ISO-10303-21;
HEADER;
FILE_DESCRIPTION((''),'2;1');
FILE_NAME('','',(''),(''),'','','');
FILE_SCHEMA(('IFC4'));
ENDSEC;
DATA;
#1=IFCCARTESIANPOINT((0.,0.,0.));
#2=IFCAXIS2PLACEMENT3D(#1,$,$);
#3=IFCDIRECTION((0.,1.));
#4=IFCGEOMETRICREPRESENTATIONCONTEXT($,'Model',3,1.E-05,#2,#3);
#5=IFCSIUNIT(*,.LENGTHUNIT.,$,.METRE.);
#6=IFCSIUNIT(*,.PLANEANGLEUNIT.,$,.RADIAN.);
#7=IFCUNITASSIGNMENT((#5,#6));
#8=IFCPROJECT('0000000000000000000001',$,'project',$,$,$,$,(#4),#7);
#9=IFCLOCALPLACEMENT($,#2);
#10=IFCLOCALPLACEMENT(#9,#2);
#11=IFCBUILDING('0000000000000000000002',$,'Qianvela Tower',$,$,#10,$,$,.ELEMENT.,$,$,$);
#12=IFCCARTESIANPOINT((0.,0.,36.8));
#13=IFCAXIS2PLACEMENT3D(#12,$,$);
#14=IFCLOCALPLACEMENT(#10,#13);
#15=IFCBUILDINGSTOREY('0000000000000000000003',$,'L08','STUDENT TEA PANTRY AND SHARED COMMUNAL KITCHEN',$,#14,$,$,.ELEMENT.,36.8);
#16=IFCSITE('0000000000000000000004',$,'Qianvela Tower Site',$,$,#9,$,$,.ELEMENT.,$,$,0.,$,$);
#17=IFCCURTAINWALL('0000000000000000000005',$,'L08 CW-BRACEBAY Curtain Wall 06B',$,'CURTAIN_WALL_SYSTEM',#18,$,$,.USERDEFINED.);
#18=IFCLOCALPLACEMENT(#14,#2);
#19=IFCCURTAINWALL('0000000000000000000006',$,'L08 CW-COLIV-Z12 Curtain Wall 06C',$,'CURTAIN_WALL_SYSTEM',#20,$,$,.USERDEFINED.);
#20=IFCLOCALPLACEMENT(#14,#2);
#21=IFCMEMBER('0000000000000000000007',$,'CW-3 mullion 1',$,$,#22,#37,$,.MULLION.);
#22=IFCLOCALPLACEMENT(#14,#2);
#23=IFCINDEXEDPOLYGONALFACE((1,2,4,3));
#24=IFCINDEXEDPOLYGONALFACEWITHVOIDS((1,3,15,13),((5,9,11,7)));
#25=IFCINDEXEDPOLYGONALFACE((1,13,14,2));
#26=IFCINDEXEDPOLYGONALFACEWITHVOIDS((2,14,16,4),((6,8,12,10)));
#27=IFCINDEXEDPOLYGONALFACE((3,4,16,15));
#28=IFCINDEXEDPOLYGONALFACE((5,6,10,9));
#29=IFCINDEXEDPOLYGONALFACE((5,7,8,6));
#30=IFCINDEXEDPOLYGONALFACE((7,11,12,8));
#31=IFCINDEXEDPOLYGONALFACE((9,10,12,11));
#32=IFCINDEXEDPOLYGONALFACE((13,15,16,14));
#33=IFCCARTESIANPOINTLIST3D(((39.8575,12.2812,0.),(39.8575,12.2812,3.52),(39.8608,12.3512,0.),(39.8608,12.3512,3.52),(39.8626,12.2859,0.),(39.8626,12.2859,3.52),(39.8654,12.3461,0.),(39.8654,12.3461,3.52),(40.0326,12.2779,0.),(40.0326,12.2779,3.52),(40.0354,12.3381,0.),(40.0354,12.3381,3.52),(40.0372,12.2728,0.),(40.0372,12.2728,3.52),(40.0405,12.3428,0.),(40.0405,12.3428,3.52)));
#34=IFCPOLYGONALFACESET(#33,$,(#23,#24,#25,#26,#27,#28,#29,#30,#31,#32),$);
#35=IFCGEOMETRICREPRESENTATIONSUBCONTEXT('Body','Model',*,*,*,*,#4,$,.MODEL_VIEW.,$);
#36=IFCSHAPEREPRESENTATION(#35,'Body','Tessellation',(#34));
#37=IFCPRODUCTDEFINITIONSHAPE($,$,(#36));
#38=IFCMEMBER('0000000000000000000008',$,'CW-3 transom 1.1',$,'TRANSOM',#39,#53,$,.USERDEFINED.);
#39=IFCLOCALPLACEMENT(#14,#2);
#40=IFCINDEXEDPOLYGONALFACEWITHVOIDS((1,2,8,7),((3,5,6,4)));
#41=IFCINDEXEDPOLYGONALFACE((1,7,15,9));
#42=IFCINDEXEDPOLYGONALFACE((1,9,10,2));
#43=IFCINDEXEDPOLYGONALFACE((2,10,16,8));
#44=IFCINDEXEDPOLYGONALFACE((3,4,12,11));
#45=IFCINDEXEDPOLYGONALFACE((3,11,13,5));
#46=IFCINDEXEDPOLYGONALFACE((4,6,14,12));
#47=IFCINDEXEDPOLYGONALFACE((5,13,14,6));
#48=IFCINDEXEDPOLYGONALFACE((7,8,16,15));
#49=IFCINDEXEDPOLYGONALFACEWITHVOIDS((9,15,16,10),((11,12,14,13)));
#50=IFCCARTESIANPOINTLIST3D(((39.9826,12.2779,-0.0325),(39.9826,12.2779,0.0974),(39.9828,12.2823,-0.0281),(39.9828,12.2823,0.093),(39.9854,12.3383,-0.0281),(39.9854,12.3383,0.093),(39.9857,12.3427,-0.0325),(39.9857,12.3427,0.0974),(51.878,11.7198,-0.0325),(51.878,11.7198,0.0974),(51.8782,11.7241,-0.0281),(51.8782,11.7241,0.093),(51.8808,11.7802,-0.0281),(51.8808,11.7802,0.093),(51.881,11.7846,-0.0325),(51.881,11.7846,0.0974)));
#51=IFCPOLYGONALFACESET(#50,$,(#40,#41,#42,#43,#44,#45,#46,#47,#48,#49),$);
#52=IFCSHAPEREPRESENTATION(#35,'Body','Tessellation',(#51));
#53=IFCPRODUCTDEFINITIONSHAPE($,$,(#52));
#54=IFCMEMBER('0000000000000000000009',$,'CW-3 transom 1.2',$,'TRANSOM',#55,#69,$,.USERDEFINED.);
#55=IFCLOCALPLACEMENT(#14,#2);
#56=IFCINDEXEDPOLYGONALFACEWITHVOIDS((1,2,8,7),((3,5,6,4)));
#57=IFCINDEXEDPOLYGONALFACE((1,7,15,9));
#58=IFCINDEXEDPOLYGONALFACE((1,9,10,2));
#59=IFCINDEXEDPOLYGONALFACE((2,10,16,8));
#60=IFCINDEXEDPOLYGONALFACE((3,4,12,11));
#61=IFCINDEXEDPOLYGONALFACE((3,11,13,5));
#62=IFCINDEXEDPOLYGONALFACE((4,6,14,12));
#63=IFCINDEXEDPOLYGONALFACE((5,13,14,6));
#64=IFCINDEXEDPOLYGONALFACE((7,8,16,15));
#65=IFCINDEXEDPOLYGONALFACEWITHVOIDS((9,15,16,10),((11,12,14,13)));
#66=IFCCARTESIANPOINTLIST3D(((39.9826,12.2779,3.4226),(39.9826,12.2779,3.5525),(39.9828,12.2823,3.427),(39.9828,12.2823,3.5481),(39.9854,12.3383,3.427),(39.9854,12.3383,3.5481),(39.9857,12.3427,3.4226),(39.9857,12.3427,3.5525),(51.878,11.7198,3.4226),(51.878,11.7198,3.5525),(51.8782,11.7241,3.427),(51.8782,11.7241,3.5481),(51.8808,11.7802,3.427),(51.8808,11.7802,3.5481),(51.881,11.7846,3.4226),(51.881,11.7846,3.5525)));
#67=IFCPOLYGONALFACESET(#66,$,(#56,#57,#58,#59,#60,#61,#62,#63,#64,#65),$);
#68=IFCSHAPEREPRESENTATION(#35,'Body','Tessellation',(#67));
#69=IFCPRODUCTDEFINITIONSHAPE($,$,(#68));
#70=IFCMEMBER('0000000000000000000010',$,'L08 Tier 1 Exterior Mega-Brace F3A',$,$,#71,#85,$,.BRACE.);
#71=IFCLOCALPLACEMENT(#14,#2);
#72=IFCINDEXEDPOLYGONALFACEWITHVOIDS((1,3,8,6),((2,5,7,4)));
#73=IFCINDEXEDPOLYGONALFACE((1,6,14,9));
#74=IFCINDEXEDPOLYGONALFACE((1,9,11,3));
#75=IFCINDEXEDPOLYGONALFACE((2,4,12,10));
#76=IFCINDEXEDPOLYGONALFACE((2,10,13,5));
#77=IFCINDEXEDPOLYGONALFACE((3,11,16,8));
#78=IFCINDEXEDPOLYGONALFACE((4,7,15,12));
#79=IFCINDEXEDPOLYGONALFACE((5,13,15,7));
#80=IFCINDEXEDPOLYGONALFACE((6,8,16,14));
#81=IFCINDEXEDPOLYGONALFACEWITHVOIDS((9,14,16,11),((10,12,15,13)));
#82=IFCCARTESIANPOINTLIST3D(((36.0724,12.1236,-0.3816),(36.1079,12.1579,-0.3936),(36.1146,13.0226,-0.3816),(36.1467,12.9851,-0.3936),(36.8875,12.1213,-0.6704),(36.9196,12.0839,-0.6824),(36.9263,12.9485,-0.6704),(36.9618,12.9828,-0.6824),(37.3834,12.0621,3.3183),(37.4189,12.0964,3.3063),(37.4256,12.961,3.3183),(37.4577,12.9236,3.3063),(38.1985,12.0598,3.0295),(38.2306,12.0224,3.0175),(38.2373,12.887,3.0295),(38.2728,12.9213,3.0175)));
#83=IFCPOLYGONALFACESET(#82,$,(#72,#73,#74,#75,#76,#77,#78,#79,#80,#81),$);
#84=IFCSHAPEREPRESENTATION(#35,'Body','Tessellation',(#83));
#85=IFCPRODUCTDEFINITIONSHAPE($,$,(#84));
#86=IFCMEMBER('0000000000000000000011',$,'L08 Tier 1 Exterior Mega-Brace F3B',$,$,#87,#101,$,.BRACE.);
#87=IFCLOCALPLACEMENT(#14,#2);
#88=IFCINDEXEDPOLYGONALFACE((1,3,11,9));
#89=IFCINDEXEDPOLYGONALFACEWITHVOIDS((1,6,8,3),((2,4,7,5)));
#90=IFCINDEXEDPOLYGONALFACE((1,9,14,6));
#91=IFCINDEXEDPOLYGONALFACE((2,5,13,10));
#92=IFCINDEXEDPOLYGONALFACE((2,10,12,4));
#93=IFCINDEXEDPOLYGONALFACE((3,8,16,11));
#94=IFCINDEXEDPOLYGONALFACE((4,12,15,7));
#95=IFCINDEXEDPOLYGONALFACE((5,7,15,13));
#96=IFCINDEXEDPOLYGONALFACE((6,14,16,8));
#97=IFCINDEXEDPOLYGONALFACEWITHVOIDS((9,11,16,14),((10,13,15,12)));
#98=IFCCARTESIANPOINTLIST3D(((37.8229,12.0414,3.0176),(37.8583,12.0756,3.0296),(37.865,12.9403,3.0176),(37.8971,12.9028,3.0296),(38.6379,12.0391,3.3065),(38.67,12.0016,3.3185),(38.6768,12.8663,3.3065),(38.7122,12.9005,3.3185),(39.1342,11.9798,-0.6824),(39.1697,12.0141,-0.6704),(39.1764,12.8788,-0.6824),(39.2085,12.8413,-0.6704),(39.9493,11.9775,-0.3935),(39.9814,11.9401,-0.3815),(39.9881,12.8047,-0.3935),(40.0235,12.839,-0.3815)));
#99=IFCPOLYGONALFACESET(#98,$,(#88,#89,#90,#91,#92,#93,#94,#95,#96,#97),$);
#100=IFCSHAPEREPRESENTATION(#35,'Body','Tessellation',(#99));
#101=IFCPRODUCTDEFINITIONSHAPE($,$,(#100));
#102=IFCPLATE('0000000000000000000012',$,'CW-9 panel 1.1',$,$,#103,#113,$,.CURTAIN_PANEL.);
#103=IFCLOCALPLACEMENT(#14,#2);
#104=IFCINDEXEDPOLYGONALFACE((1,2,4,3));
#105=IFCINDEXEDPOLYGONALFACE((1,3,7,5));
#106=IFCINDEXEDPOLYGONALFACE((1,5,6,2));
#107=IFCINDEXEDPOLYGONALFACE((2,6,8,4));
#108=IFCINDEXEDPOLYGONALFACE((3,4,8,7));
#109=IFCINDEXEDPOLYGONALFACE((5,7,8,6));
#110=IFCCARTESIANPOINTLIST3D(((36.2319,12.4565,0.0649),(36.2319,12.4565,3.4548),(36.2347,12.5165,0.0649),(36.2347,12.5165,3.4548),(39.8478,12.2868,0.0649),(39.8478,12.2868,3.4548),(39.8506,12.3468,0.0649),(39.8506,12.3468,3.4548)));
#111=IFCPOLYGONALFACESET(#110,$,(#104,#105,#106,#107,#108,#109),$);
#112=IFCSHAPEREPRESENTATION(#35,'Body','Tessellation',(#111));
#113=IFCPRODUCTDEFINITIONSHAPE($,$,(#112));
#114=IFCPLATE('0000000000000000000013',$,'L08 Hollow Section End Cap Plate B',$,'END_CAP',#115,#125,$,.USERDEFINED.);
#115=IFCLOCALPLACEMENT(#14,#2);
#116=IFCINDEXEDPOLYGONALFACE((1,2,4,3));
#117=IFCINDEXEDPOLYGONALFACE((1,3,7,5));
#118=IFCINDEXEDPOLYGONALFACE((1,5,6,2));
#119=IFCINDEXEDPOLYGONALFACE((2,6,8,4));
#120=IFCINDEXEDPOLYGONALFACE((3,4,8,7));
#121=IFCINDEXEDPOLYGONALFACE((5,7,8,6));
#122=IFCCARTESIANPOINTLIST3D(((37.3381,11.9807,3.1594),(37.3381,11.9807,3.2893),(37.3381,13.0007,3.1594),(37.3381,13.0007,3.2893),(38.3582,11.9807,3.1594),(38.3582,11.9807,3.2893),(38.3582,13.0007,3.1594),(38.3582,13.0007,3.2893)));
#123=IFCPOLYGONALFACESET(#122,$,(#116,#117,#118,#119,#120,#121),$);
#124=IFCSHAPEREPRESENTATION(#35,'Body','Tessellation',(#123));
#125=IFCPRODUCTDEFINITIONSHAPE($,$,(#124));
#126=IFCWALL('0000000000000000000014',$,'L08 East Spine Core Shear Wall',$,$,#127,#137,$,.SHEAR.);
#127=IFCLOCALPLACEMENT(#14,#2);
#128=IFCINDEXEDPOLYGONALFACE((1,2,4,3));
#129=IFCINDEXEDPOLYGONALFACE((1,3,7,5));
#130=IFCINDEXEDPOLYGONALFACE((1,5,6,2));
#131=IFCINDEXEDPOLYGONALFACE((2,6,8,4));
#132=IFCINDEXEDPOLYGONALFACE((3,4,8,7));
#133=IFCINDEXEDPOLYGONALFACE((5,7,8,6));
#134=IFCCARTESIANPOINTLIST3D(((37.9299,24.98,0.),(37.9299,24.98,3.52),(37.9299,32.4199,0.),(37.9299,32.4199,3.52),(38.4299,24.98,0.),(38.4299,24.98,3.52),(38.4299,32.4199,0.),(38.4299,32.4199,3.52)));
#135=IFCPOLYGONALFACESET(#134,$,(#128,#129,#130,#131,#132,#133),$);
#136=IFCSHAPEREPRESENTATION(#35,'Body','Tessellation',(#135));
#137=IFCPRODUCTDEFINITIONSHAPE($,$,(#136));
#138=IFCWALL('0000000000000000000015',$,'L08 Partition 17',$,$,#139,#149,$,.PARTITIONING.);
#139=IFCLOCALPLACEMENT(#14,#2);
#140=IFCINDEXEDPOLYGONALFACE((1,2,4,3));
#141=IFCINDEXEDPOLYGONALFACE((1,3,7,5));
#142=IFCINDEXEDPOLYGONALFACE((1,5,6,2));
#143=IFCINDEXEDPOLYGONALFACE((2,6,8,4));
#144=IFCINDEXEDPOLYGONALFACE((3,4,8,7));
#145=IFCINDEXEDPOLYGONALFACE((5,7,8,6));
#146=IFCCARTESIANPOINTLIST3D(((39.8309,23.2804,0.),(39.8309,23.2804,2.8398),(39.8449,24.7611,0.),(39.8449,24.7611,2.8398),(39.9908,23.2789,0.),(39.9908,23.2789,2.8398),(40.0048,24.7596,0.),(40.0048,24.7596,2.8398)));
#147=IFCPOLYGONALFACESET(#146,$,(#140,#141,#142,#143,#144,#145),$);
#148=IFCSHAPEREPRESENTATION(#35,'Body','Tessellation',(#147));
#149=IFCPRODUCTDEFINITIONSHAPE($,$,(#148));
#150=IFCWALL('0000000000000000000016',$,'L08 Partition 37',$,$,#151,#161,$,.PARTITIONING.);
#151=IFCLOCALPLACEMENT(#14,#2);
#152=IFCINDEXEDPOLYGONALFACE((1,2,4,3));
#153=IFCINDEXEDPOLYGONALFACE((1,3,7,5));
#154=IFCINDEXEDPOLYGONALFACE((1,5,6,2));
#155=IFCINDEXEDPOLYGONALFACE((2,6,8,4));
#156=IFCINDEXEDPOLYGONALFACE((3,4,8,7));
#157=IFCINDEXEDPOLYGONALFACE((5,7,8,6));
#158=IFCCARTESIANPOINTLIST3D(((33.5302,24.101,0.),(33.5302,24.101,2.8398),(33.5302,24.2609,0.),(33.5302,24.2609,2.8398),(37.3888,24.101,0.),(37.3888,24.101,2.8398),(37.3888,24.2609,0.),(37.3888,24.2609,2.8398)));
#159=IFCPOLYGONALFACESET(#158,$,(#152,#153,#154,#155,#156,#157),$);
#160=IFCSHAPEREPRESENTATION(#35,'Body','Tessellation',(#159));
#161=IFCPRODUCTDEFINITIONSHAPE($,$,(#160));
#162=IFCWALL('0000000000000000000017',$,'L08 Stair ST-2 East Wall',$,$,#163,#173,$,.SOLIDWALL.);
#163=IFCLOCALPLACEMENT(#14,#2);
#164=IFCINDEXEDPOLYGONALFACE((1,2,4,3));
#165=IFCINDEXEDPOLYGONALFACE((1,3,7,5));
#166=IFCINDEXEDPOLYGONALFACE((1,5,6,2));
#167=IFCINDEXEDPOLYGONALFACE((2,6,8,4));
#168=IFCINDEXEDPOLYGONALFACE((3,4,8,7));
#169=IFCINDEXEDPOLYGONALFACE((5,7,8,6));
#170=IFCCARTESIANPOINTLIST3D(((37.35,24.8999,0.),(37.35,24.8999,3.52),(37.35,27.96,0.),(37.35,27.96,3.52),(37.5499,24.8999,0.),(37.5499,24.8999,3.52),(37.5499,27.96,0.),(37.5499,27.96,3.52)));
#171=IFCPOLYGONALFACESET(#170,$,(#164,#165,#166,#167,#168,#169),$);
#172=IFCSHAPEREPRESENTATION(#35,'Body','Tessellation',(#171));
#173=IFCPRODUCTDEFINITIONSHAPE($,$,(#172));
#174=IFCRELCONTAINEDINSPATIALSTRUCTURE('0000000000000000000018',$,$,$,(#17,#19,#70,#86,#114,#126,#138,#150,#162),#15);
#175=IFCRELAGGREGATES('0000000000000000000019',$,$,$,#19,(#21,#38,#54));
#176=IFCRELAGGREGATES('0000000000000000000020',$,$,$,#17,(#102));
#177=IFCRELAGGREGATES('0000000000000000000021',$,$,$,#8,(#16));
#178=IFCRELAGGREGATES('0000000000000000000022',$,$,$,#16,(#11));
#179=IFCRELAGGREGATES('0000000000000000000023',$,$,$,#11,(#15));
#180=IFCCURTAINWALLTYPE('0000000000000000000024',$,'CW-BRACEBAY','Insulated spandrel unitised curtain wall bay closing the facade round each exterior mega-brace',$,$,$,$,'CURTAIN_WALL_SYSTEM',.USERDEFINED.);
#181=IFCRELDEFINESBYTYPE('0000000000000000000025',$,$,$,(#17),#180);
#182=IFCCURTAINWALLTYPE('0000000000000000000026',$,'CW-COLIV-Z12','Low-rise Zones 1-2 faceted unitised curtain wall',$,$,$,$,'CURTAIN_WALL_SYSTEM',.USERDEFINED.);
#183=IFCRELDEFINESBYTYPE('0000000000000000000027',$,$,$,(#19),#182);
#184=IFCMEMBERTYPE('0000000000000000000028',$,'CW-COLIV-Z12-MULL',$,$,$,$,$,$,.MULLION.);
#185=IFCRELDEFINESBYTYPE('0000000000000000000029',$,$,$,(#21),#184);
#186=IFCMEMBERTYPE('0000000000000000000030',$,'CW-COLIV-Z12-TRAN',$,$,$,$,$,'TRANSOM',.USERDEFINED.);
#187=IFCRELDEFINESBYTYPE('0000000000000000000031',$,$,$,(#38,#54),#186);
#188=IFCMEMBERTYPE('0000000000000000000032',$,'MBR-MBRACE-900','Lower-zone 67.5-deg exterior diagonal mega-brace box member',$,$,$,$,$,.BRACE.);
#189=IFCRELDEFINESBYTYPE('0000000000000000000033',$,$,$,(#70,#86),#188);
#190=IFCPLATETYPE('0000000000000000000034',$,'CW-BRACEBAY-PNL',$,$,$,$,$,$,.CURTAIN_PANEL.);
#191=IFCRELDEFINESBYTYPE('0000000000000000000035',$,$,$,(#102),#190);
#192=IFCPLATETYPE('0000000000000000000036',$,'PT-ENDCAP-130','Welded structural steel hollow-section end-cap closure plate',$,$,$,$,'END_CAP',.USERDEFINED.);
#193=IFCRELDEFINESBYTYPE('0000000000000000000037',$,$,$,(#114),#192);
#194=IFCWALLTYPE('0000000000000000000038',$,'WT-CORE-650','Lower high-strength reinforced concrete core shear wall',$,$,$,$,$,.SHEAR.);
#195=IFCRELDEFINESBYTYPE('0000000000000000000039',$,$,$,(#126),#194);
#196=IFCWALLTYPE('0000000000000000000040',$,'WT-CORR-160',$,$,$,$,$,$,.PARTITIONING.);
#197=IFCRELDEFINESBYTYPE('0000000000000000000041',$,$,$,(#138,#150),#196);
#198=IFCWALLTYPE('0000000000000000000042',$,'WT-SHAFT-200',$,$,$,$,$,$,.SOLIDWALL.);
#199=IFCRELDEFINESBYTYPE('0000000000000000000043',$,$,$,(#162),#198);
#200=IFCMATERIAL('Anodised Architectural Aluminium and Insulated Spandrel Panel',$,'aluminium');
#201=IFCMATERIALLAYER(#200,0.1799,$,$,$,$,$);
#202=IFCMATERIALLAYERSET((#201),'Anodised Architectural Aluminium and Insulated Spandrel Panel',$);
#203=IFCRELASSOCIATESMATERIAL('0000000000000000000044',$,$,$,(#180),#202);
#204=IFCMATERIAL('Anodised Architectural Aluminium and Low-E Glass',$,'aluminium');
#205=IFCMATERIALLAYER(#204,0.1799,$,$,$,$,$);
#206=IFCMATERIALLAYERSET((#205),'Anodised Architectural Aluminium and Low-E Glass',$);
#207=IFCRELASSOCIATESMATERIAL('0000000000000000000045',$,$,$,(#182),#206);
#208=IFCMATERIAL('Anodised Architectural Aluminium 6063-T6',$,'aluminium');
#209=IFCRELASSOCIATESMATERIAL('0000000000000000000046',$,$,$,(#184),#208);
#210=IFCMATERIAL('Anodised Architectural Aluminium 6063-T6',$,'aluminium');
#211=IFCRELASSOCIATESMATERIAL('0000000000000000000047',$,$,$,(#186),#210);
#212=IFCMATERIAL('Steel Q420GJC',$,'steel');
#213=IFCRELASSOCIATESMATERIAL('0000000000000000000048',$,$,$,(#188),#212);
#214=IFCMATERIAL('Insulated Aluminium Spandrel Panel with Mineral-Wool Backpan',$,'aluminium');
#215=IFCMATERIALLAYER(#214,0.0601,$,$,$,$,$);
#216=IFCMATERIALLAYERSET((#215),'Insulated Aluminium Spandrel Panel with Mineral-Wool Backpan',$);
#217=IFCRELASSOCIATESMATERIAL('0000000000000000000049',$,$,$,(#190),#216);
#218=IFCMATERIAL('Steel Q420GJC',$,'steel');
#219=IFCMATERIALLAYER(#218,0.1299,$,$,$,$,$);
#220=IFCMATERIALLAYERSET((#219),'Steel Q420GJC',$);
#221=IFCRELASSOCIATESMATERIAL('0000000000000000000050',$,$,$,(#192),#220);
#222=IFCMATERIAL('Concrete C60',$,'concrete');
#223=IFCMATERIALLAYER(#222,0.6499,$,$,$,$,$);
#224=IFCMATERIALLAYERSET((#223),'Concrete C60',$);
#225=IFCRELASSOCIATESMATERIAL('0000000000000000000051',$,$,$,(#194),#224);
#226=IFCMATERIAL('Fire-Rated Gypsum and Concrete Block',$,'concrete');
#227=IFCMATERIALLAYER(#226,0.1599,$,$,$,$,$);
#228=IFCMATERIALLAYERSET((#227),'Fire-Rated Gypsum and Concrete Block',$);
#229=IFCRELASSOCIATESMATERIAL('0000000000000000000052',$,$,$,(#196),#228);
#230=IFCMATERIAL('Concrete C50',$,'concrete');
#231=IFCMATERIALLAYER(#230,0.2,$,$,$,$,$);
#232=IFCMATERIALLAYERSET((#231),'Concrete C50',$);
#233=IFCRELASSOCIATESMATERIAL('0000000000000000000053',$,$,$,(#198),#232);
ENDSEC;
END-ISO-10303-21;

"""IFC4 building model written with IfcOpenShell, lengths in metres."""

from ifc_helpers import new_model, si_unit, direction, frame, frame_2d, origin, origin_2d, place, context, subcontext, project, spatial, rectangle, hollow_rectangle, extrude, material, layer, layer_set, material_profile, profile_set, type_object, element, aggregate, save


model = new_model("IFC4")

# Units and contexts
model_context = context("Model", 3, precision=1e-05, world=origin(), true_north=direction((0.0, 1.0)))
body_context = subcontext(model_context, "Body", "Model", "MODEL_VIEW")
ifc_project = project(units=[si_unit("LENGTHUNIT", "METRE"), si_unit("PLANEANGLEUNIT", "RADIAN")], contexts=[model_context])

# Site, building, storey
site_placement = place(None, origin())
site = spatial("IfcSite", under=ifc_project, at=site_placement, Name="Qianvela Tower Site", CompositionType="ELEMENT", RefElevation=0.0)
building_placement = place(site_placement, origin())
building = spatial("IfcBuilding", under=site, at=building_placement, Name="Qianvela Tower", CompositionType="ELEMENT")
storey_placement = place(building_placement, frame((0.0, 0.0, 36.8)))
storey = spatial("IfcBuildingStorey", under=building, at=storey_placement, Name="L08", Description="STUDENT TEA PANTRY AND SHARED COMMUNAL KITCHEN", CompositionType="ELEMENT", Elevation=36.8)

# Curtain wall
ifc_material_1 = material(Name="Anodised Architectural Aluminium and Insulated Spandrel Panel", Category="aluminium")
ifc_layer_1 = layer(ifc_material_1, 0.1799)
ifc_layer_set_1 = layer_set([ifc_layer_1], Name="Anodised Architectural Aluminium and Insulated Spandrel Panel")
curtain_wall_type_1 = type_object("IfcCurtainWallType", Name="CW-BRACEBAY", Description="Insulated spandrel unitised curtain wall bay closing the facade round each exterior mega-brace", ElementType="CURTAIN_WALL_SYSTEM", PredefinedType="USERDEFINED", material=ifc_layer_set_1)
curtain_wall_1_placement = place(storey_placement, origin())
curtain_wall_1 = element("IfcCurtainWall", 1, at=curtain_wall_1_placement, inside=storey, type_object=curtain_wall_type_1, Name="L08 CW-BRACEBAY Curtain Wall 06B", ObjectType="CURTAIN_WALL_SYSTEM", PredefinedType="USERDEFINED")

# Shared definitions
ifc_material_2 = material(Name="Anodised Architectural Aluminium and Low-E Glass", Category="aluminium")
ifc_layer_2 = layer(ifc_material_2, 0.1799)
ifc_layer_set_2 = layer_set([ifc_layer_2], Name="Anodised Architectural Aluminium and Low-E Glass")
curtain_wall_type_2 = type_object("IfcCurtainWallType", Name="CW-COLIV-Z12", Description="Low-rise Zones 1-2 faceted unitised curtain wall", ElementType="CURTAIN_WALL_SYSTEM", PredefinedType="USERDEFINED", material=ifc_layer_set_2)
ifc_material_3 = material(Name="Anodised Architectural Aluminium 6063-T6", Category="aluminium")
ifc_material_profile_1 = material_profile(ifc_material_3, hollow_rectangle(XDim=0.0701, YDim=0.1799, WallThickness=0.0049, at=origin_2d()), Name="ALU-MULL-70x180")
ifc_profile_set_1 = profile_set([ifc_material_profile_1], Name="Anodised Architectural Aluminium 6063-T6")
member_type_1 = type_object("IfcMemberType", Name="CW-COLIV-Z12-MULL", PredefinedType="MULLION", material=ifc_profile_set_1)

# Curtain wall, members
curtain_wall_2_placement = place(storey_placement, origin())
curtain_wall_2 = element("IfcCurtainWall", 2, at=curtain_wall_2_placement, inside=storey, type_object=curtain_wall_type_2, Name="L08 CW-COLIV-Z12 Curtain Wall 06C", ObjectType="CURTAIN_WALL_SYSTEM", PredefinedType="USERDEFINED")
member_1_placement = place(storey_placement, frame((39.949, 12.312, 0.0), z_axis=(0.0, 0.0, 1.0), x_axis=(0.046886, 0.9989, 0.0)))
member_1 = element("IfcMember", 3, at=member_1_placement, type_object=member_type_1, Name="CW-3 mullion 1", PredefinedType="MULLION", context=body_context, shape_type="SweptSolid", body=[
    extrude(hollow_rectangle(XDim=0.0701, YDim=0.1799, WallThickness=0.0049, at=origin_2d()), origin(), (0.0, 0.0, 1.0), 3.52),
])
ifc_material_4 = material(Name="Anodised Architectural Aluminium 6063-T6", Category="aluminium")
ifc_material_profile_2 = material_profile(ifc_material_4, hollow_rectangle(XDim=0.0649, YDim=0.1299, WallThickness=0.0044, at=origin_2d()), Name="ALU-TRAN-65x130")
ifc_profile_set_2 = profile_set([ifc_material_profile_2], Name="Anodised Architectural Aluminium 6063-T6")
member_type_2 = type_object("IfcMemberType", Name="CW-COLIV-Z12-TRAN", ElementType="TRANSOM", PredefinedType="USERDEFINED", material=ifc_profile_set_2)
member_2_placement = place(storey_placement, frame((39.9841, 12.3103, 0.0325), z_axis=(0.998901, -0.046867, 0.0), x_axis=(0.046867, 0.998901, 0.0)))
member_2 = element("IfcMember", 4, at=member_2_placement, type_object=member_type_2, Name="CW-3 transom 1.1", ObjectType="TRANSOM", PredefinedType="USERDEFINED", context=body_context, shape_type="SweptSolid", body=[
    extrude(hollow_rectangle(XDim=0.0649, YDim=0.1299, WallThickness=0.0044, at=origin_2d()), origin(), (0.0, 0.0, 1.0), 11.9084),
])
member_3_placement = place(storey_placement, frame((39.9841, 12.3103, 3.4875), z_axis=(0.998901, -0.046867, 0.0), x_axis=(0.046867, 0.998901, 0.0)))
member_3 = element("IfcMember", 5, at=member_3_placement, type_object=member_type_2, Name="CW-3 transom 1.2", ObjectType="TRANSOM", PredefinedType="USERDEFINED", context=body_context, shape_type="SweptSolid", body=[
    extrude(hollow_rectangle(XDim=0.0649, YDim=0.1299, WallThickness=0.0044, at=origin_2d()), origin(), (0.0, 0.0, 1.0), 11.9084),
])
aggregate(curtain_wall_2, [member_1, member_2, member_3])

# Members
ifc_material_5 = material(Name="Steel Q420GJC", Category="steel")
ifc_material_profile_3 = material_profile(ifc_material_5, hollow_rectangle(XDim=0.8999, YDim=0.8999, WallThickness=0.0359, at=origin_2d()), Name="MBOX-900x900x36")
ifc_profile_set_3 = profile_set([ifc_material_profile_3], Name="Steel Q420GJC")
member_type_3 = type_object("IfcMemberType", Name="MBR-MBRACE-900", Description="Lower-zone 67.5-deg exterior diagonal mega-brace box member", PredefinedType="BRACE", material=ifc_profile_set_3)
member_4_placement = place(storey_placement, frame((36.5171, 12.5532, -0.532), z_axis=(0.33395, -0.015671, 0.94246), x_axis=(0.046876, 0.998901, 0.0)))
element("IfcMember", 6, at=member_4_placement, inside=storey, type_object=member_type_3, Name="L08 Tier 1 Exterior Mega-Brace F3A", PredefinedType="BRACE", context=body_context, shape_type="SweptSolid", body=[
    extrude(hollow_rectangle(XDim=0.8999, YDim=0.8999, WallThickness=0.0359, at=origin_2d()), origin(), (0.0, 0.0, 1.0), 3.9258),
])
member_5_placement = place(storey_placement, frame((39.5789, 12.4094, -0.532), z_axis=(-0.334005, 0.015671, 0.942441), x_axis=(-0.046867, -0.998901, 0.0)))
element("IfcMember", 7, at=member_5_placement, inside=storey, type_object=member_type_3, Name="L08 Tier 1 Exterior Mega-Brace F3B", PredefinedType="BRACE", context=body_context, shape_type="SweptSolid", body=[
    extrude(hollow_rectangle(XDim=0.8999, YDim=0.8999, WallThickness=0.0359, at=origin_2d()), origin(), (0.0, 0.0, 1.0), 3.926),
])

# Plates
ifc_material_6 = material(Name="Insulated Aluminium Spandrel Panel with Mineral-Wool Backpan", Category="aluminium")
ifc_layer_3 = layer(ifc_material_6, 0.0601)
ifc_layer_set_3 = layer_set([ifc_layer_3], Name="Insulated Aluminium Spandrel Panel with Mineral-Wool Backpan")
plate_type_1 = type_object("IfcPlateType", Name="CW-BRACEBAY-PNL", PredefinedType="CURTAIN_PANEL", material=ifc_layer_set_3)
plate_1_placement = place(storey_placement, frame((38.0413, 12.4016, 0.0649), z_axis=(0.0, 0.0, 1.0), x_axis=(0.9989, -0.046881, 0.0)))
plate_1 = element("IfcPlate", 8, at=plate_1_placement, type_object=plate_type_1, Name="CW-9 panel 1.1", PredefinedType="CURTAIN_PANEL", context=body_context, shape_type="SweptSolid", body=[
    extrude(rectangle(XDim=3.6199, YDim=0.0601, at=origin_2d()), origin(), (0.0, 0.0, 1.0), 3.3899),
])
aggregate(curtain_wall_1, [plate_1])
ifc_material_7 = material(Name="Steel Q420GJC", Category="steel")
ifc_layer_4 = layer(ifc_material_7, 0.1299)
ifc_layer_set_4 = layer_set([ifc_layer_4], Name="Steel Q420GJC")
plate_type_2 = type_object("IfcPlateType", Name="PT-ENDCAP-130", Description="Welded structural steel hollow-section end-cap closure plate", ElementType="END_CAP", PredefinedType="USERDEFINED", material=ifc_layer_set_4)
plate_2_placement = place(storey_placement, frame((37.8481, 12.4907, 3.1594), z_axis=(0.0, 0.0, 1.0), x_axis=(1.0, 0.0, 0.0)))
element("IfcPlate", 9, at=plate_2_placement, inside=storey, type_object=plate_type_2, Name="L08 Hollow Section End Cap Plate B", ObjectType="END_CAP", PredefinedType="USERDEFINED", context=body_context, shape_type="SweptSolid", body=[
    extrude(rectangle(XDim=1.02, YDim=1.02, at=origin_2d()), origin(), (0.0, 0.0, 1.0), 0.1299),
])

# Walls
ifc_material_8 = material(Name="Concrete C60", Category="concrete")
ifc_layer_5 = layer(ifc_material_8, 0.6499)
ifc_layer_set_5 = layer_set([ifc_layer_5], Name="Concrete C60")
wall_type_1 = type_object("IfcWallType", Name="WT-CORE-650", Description="Lower high-strength reinforced concrete core shear wall", PredefinedType="SHEAR", material=ifc_layer_set_5)
wall_1_placement = place(storey_placement, frame((38.1799, 24.98, 0.0), z_axis=(0.0, 0.0, 1.0), x_axis=(0.0, 1.0, 0.0)))
element("IfcWall", 10, at=wall_1_placement, inside=storey, type_object=wall_type_1, Name="L08 East Spine Core Shear Wall", PredefinedType="SHEAR", context=body_context, shape_type="SweptSolid", body=[
    extrude(rectangle(XDim=7.4399, YDim=0.5, at=frame_2d((3.72, 0.0))), origin(), (0.0, 0.0, 1.0), 3.52),
])
ifc_material_9 = material(Name="Fire-Rated Gypsum and Concrete Block", Category="concrete")
ifc_layer_6 = layer(ifc_material_9, 0.1599)
ifc_layer_set_6 = layer_set([ifc_layer_6], Name="Fire-Rated Gypsum and Concrete Block")
wall_type_2 = type_object("IfcWallType", Name="WT-CORR-160", PredefinedType="PARTITIONING", material=ifc_layer_set_6)
wall_2_placement = place(storey_placement, frame((39.9109, 23.2798, 0.0), z_axis=(0.0, 0.0, 1.0), x_axis=(0.009398, 0.999956, 0.0)))
element("IfcWall", 11, at=wall_2_placement, inside=storey, type_object=wall_type_2, Name="L08 Partition 17", PredefinedType="PARTITIONING", context=body_context, shape_type="SweptSolid", body=[
    extrude(rectangle(XDim=1.4807, YDim=0.1599, at=frame_2d((0.7402, 0.0))), origin(), (0.0, 0.0, 1.0), 2.8398),
])
wall_3_placement = place(storey_placement, frame((37.3887, 24.1809, 0.0), z_axis=(0.0, 0.0, 1.0), x_axis=(-1.0, 0.0, 0.0)))
element("IfcWall", 12, at=wall_3_placement, inside=storey, type_object=wall_type_2, Name="L08 Partition 37", PredefinedType="PARTITIONING", context=body_context, shape_type="SweptSolid", body=[
    extrude(rectangle(XDim=3.8586, YDim=0.1599, at=frame_2d((1.9292, 0.0))), origin(), (0.0, 0.0, 1.0), 2.8398),
])
ifc_material_10 = material(Name="Concrete C50", Category="concrete")
ifc_layer_7 = layer(ifc_material_10, 0.2)
ifc_layer_set_7 = layer_set([ifc_layer_7], Name="Concrete C50")
wall_type_3 = type_object("IfcWallType", Name="WT-SHAFT-200", PredefinedType="SOLIDWALL", material=ifc_layer_set_7)
wall_4_placement = place(storey_placement, frame((37.45, 24.8999, 0.0), z_axis=(0.0, 0.0, 1.0), x_axis=(0.0, 1.0, 0.0)))
element("IfcWall", 13, at=wall_4_placement, inside=storey, type_object=wall_type_3, Name="L08 Stair ST-2 East Wall", PredefinedType="SOLIDWALL", context=body_context, shape_type="SweptSolid", body=[
    extrude(rectangle(XDim=3.0601, YDim=0.2, at=frame_2d((1.53, 0.0))), origin(), (0.0, 0.0, 1.0), 3.52),
])

save(model, "model.ifc")
